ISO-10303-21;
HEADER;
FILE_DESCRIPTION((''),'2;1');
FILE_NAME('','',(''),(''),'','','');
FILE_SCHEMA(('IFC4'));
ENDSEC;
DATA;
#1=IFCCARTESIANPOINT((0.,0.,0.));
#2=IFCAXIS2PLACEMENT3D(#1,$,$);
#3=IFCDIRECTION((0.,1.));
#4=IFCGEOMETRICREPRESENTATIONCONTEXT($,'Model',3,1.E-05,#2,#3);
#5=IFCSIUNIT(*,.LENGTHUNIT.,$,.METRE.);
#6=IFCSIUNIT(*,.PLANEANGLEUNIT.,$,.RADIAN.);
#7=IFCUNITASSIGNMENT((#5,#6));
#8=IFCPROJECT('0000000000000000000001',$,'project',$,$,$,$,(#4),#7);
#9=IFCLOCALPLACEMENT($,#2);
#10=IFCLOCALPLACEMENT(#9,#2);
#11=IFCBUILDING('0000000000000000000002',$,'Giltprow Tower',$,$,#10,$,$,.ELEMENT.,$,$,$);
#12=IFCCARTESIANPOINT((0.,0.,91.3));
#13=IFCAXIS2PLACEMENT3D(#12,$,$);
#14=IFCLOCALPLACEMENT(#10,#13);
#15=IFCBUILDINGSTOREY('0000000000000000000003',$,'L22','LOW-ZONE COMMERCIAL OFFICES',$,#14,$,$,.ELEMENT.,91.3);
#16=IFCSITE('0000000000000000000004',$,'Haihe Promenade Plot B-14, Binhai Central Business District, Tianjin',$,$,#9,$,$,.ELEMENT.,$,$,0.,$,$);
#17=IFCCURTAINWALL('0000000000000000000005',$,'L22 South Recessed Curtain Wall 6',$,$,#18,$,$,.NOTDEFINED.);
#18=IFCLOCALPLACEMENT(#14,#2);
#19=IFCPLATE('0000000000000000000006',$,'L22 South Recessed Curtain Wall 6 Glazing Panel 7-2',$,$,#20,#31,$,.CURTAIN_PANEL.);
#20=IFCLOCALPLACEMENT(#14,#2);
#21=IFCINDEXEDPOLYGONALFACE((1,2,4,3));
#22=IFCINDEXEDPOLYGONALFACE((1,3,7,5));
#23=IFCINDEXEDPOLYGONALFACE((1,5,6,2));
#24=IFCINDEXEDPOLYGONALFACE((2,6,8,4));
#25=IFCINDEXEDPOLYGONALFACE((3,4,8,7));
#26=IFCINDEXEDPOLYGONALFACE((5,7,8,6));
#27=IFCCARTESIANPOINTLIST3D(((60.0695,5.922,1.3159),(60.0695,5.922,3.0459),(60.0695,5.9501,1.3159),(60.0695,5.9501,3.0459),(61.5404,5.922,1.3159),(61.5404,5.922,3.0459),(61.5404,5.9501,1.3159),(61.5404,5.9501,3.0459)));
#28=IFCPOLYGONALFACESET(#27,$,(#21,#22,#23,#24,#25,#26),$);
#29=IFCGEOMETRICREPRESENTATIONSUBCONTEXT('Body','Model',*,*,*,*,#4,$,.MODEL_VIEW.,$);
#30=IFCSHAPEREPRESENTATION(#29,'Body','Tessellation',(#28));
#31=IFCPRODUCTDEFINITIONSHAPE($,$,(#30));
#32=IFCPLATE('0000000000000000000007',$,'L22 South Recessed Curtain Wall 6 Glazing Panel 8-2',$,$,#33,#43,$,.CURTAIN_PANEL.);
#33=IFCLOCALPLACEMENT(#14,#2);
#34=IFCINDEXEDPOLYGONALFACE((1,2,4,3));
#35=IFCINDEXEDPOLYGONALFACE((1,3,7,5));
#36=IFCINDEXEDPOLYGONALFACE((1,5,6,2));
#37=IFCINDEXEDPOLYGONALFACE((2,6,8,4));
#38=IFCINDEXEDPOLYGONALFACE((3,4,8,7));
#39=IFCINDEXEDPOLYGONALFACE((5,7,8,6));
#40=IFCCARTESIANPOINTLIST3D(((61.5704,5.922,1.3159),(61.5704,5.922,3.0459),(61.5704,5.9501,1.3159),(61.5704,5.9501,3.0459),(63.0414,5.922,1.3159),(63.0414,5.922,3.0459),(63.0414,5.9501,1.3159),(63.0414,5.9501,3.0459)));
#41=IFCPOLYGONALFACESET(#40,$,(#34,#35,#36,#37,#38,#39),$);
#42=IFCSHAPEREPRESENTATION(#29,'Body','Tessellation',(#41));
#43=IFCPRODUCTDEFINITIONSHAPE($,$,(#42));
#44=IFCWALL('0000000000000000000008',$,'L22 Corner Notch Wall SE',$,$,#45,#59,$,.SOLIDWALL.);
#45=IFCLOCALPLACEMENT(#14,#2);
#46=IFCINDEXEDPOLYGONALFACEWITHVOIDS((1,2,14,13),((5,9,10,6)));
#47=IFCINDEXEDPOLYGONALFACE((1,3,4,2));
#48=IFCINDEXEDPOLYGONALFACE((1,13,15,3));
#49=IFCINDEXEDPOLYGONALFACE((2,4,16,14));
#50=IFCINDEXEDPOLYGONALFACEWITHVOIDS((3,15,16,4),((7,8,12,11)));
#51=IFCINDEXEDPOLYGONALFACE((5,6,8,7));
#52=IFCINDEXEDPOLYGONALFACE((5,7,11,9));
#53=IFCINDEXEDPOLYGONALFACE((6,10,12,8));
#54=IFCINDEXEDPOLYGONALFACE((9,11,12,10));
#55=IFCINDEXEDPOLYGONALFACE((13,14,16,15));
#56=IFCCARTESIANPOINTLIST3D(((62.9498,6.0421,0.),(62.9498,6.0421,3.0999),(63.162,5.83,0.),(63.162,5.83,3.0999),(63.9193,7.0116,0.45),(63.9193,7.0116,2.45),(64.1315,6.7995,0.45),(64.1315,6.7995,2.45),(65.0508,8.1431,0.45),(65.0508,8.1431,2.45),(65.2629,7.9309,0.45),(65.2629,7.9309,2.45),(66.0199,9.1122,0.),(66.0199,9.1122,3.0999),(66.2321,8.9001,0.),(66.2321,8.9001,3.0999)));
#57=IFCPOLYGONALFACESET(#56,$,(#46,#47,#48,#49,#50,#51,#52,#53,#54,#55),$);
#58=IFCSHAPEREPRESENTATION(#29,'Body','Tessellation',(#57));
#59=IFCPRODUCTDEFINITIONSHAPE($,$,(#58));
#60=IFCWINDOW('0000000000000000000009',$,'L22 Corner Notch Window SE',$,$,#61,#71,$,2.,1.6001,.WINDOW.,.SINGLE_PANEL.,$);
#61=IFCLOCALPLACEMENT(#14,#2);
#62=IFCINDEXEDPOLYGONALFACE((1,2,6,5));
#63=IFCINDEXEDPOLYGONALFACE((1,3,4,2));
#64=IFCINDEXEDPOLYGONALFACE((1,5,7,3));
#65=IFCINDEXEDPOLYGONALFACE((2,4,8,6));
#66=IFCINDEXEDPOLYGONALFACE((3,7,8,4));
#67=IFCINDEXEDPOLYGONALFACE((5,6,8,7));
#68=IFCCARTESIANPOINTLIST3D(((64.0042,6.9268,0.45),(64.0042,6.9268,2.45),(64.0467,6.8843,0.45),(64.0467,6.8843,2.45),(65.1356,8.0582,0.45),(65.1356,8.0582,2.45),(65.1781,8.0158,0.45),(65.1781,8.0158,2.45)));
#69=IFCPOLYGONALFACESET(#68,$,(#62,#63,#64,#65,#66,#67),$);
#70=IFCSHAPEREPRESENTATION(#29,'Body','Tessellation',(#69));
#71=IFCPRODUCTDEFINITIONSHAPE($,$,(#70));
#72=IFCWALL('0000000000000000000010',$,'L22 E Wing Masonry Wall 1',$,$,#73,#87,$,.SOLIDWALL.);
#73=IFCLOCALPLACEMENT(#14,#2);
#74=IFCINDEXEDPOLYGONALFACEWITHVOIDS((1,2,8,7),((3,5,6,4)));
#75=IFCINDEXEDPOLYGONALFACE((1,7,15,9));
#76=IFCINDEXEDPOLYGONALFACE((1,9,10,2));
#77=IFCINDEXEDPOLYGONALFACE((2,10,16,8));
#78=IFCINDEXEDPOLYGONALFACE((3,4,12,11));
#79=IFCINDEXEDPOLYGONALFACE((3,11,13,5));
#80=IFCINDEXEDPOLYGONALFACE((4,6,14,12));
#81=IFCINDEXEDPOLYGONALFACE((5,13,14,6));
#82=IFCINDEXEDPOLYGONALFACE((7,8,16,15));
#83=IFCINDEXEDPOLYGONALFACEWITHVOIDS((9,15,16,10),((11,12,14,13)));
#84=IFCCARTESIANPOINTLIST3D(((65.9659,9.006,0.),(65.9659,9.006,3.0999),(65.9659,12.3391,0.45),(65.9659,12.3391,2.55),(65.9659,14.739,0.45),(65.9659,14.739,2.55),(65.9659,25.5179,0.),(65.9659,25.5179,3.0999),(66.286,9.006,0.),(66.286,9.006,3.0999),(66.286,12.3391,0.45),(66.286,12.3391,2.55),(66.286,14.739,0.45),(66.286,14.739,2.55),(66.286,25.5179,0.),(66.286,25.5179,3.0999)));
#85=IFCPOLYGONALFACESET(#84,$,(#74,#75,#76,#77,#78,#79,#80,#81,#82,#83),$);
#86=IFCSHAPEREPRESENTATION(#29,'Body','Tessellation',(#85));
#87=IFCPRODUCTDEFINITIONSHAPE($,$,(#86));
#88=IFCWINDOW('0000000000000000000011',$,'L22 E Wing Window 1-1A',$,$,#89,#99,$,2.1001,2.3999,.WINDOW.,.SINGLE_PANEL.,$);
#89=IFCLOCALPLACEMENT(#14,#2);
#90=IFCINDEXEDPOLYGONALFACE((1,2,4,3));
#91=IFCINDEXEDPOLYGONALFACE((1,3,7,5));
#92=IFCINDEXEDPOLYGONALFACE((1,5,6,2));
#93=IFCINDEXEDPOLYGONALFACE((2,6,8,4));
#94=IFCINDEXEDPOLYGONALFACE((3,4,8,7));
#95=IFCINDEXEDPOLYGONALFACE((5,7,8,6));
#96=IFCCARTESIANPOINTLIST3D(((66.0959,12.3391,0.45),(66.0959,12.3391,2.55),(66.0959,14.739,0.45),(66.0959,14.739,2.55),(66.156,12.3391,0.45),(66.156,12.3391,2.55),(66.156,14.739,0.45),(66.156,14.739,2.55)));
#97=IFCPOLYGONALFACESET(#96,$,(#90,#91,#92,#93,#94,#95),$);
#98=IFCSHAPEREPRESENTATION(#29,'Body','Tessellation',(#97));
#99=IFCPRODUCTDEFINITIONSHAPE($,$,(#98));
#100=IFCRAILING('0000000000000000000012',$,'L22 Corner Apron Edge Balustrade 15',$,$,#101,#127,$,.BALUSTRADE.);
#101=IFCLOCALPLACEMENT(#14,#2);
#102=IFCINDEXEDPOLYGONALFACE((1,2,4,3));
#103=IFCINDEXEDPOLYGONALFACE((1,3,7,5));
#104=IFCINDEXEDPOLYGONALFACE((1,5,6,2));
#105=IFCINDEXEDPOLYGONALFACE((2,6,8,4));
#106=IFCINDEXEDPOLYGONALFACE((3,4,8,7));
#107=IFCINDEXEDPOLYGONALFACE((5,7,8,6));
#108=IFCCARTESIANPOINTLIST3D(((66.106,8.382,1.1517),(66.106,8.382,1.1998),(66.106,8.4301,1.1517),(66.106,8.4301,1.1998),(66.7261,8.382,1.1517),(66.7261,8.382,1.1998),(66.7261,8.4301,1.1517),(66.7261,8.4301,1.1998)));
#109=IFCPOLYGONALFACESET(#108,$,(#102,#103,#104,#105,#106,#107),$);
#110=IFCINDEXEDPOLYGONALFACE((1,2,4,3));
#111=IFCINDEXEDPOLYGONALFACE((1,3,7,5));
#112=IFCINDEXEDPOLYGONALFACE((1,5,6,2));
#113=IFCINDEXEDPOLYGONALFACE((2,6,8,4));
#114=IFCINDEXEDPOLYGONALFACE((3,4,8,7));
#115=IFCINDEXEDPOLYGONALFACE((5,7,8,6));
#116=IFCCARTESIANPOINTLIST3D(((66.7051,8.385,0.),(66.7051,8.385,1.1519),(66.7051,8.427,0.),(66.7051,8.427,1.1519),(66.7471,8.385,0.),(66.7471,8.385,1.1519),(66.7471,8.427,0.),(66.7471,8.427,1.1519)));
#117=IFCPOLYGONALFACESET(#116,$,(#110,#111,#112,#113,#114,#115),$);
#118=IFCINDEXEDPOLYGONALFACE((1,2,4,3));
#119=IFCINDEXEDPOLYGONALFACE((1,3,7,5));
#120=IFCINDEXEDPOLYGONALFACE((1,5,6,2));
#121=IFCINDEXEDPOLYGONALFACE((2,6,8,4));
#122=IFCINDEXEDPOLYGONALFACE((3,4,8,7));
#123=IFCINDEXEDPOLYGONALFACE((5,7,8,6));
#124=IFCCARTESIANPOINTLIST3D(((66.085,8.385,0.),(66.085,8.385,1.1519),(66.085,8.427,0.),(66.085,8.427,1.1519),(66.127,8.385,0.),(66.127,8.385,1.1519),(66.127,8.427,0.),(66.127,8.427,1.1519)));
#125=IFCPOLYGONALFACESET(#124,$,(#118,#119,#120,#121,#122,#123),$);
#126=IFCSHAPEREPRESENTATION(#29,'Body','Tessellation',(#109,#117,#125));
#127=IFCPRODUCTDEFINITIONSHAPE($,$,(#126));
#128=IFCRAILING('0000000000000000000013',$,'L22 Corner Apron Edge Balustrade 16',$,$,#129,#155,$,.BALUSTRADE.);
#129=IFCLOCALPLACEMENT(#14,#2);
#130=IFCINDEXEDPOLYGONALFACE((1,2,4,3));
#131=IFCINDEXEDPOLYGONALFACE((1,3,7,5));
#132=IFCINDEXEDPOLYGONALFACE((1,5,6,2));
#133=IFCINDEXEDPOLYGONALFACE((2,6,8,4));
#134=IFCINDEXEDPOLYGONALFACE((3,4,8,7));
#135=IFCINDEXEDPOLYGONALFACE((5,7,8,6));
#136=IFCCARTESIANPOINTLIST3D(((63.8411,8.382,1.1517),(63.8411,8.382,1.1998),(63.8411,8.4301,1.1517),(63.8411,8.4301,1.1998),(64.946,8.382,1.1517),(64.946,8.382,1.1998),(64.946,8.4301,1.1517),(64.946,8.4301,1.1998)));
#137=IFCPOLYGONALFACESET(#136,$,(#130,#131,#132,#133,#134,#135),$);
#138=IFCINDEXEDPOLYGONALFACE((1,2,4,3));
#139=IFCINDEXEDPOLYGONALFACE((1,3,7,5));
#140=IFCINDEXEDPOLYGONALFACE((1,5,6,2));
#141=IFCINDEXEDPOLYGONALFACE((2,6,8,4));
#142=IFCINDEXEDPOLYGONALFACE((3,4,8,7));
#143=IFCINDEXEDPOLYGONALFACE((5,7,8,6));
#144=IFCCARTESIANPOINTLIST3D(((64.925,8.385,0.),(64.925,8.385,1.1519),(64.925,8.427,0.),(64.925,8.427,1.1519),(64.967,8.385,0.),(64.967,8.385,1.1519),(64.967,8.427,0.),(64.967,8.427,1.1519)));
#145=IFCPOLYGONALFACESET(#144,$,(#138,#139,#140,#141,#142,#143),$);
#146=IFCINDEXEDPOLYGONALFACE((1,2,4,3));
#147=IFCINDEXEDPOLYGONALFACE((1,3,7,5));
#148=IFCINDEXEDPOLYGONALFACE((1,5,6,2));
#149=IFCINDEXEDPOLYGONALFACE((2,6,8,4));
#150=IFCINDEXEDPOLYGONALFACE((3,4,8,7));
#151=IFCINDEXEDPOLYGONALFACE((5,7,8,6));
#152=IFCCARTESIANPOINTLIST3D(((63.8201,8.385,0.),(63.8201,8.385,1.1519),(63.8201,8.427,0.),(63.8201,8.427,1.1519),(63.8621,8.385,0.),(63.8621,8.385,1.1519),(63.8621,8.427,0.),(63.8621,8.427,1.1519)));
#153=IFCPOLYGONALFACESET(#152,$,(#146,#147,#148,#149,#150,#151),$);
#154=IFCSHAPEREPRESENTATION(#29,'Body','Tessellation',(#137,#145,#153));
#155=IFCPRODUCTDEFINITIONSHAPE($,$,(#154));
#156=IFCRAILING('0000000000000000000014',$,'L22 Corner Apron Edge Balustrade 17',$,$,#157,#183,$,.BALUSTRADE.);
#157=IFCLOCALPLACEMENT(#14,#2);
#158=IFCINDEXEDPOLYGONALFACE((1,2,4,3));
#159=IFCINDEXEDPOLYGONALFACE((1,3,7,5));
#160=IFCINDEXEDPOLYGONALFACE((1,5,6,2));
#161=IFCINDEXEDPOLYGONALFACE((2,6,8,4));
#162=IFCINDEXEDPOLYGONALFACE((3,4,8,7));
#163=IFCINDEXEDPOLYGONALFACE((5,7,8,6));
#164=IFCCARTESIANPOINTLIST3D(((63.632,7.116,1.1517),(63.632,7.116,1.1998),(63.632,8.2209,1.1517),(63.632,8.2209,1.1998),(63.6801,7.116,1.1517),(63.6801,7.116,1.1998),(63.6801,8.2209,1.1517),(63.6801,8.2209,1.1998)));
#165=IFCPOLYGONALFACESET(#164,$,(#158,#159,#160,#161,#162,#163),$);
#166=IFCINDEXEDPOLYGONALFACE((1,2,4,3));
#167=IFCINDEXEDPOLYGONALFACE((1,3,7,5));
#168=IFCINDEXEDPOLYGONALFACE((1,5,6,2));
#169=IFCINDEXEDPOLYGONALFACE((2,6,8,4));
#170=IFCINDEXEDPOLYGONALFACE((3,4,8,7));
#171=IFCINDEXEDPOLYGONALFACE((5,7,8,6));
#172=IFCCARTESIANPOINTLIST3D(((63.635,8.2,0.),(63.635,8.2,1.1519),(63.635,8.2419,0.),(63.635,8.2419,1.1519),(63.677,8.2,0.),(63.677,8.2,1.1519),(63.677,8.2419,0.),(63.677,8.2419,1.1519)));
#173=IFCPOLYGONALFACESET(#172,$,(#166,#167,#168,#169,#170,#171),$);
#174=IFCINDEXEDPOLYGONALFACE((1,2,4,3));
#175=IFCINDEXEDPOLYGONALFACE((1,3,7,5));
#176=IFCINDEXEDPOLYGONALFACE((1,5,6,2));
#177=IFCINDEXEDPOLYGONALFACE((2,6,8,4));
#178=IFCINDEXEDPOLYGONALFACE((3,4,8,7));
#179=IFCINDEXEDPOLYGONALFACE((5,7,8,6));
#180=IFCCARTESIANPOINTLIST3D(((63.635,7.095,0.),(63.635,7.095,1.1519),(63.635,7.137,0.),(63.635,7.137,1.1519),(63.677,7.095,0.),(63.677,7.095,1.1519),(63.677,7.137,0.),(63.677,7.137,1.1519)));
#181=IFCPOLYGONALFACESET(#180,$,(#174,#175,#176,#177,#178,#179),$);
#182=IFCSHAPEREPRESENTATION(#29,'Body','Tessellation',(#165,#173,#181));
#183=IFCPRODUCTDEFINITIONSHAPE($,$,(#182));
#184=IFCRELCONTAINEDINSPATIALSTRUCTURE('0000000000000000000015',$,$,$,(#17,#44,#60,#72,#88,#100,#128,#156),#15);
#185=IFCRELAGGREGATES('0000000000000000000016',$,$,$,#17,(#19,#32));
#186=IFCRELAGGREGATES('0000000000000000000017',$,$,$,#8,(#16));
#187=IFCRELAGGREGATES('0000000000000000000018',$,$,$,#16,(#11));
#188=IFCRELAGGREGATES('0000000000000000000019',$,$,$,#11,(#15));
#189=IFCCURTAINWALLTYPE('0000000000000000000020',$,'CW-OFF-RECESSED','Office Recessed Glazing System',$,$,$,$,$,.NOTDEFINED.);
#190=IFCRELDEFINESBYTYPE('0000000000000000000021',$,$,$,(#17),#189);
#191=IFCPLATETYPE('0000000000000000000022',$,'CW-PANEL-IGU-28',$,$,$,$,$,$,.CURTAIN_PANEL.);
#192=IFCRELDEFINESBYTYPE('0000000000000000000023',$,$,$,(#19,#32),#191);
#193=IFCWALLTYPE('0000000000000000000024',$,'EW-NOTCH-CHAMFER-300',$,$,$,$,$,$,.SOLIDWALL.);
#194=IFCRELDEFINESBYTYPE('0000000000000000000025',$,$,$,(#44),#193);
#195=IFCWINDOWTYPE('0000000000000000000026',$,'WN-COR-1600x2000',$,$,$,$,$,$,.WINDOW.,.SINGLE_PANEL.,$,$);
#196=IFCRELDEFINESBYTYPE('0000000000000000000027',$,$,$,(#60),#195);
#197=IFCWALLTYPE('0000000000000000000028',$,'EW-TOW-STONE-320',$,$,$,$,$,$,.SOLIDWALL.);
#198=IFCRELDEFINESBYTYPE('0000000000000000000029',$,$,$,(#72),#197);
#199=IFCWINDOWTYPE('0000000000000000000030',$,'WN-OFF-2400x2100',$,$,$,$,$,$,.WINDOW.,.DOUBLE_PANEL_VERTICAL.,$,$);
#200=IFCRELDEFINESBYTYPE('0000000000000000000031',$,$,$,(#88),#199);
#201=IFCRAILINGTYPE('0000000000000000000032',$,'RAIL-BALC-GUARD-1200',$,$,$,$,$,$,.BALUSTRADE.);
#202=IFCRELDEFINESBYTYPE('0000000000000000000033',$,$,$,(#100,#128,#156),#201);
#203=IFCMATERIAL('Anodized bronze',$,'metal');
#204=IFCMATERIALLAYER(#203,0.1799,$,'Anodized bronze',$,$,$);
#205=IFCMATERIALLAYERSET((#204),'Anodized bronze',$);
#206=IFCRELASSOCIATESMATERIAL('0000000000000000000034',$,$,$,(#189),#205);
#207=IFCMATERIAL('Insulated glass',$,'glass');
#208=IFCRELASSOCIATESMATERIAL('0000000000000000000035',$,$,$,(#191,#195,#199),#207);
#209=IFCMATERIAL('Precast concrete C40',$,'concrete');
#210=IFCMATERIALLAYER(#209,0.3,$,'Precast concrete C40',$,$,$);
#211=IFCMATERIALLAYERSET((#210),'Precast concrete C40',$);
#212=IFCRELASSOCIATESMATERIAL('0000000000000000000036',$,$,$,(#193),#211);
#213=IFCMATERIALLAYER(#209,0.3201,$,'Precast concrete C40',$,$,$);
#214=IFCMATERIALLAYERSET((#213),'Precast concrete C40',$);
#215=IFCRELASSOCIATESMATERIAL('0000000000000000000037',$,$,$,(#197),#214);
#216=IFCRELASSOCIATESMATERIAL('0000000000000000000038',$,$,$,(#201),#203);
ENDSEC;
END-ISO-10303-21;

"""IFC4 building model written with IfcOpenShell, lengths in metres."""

from ifc_helpers import new_model, si_unit, direction, frame, frame_2d, origin, origin_2d, place, context, subcontext, project, spatial, rectangle, extrude, source, transform, mapped, material, layer, layer_set, type_object, element, fill, aggregate, save


model = new_model("IFC4")

# Units and contexts
model_context = context("Model", 3, precision=1e-05, world=origin(), true_north=direction((0.0, 1.0)))
body_context = subcontext(model_context, "Body", "Model", "MODEL_VIEW")
ifc_project = project(units=[si_unit("LENGTHUNIT", "METRE"), si_unit("PLANEANGLEUNIT", "RADIAN")], contexts=[model_context])

# Site, building, storey
site_placement = place(None, origin())
site = spatial("IfcSite", under=ifc_project, at=site_placement, Name="Haihe Promenade Plot B-14, Binhai Central Business District, Tianjin", CompositionType="ELEMENT", RefElevation=0.0)
building_placement = place(site_placement, origin())
building = spatial("IfcBuilding", under=site, at=building_placement, Name="Giltprow Tower", CompositionType="ELEMENT")
storey_placement = place(building_placement, frame((0.0, 0.0, 91.3)))
storey = spatial("IfcBuildingStorey", under=building, at=storey_placement, Name="L22", Description="LOW-ZONE COMMERCIAL OFFICES", CompositionType="ELEMENT", Elevation=91.3)

# Curtain wall, plates
ifc_material_1 = material(Name="Anodized bronze", Category="metal")
ifc_layer_1 = layer(ifc_material_1, 0.1799, Name="Anodized bronze")
ifc_layer_set_1 = layer_set([ifc_layer_1], Name="Anodized bronze")
curtain_wall_type = type_object("IfcCurtainWallType", Name="CW-OFF-RECESSED", Description="Office Recessed Glazing System", PredefinedType="NOTDEFINED", material=ifc_layer_set_1)
curtain_wall_placement = place(storey_placement, origin())
curtain_wall = element("IfcCurtainWall", 1, at=curtain_wall_placement, inside=storey, type_object=curtain_wall_type, Name="L22 South Recessed Curtain Wall 6", PredefinedType="NOTDEFINED")
ifc_material_2 = material(Name="Insulated glass", Category="glass")
plate_type = type_object("IfcPlateType", Name="CW-PANEL-IGU-28", PredefinedType="CURTAIN_PANEL", material=ifc_material_2)
shared_shape_1 = source(origin(), body_context, "Body", "SweptSolid", [
    extrude(rectangle(XDim=1.4709, YDim=0.0281, at=origin_2d()), origin(), (0.0, 0.0, 1.0), 1.73),
])
plate_1_placement = place(storey_placement, frame((60.8049, 5.936, 1.3159), z_axis=(0.0, 0.0, 1.0), x_axis=(1.0, 0.0, 0.0)))
plate_1 = element("IfcPlate", 2, at=plate_1_placement, type_object=plate_type, Name="L22 South Recessed Curtain Wall 6 Glazing Panel 7-2", PredefinedType="CURTAIN_PANEL", context=body_context, shape_type="MappedRepresentation", body=[
    mapped(shared_shape_1, transform((0.0, 0.0, 0.0), x_axis=(1.0, 0.0, 0.0), y_axis=(0.0, 1.0, 0.0), z_axis=(0.0, 0.0, 1.0), scale=1.0)),
])
plate_2_placement = place(storey_placement, frame((62.3059, 5.936, 1.3159), z_axis=(0.0, 0.0, 1.0), x_axis=(1.0, 0.0, 0.0)))
plate_2 = element("IfcPlate", 3, at=plate_2_placement, type_object=plate_type, Name="L22 South Recessed Curtain Wall 6 Glazing Panel 8-2", PredefinedType="CURTAIN_PANEL", context=body_context, shape_type="MappedRepresentation", body=[
    mapped(shared_shape_1, transform((0.0, 0.0, 0.0), x_axis=(1.0, 0.0, 0.0), y_axis=(0.0, 1.0, 0.0), z_axis=(0.0, 0.0, 1.0), scale=1.0)),
])
aggregate(curtain_wall, [plate_1, plate_2])

# Walls, openings, windows
ifc_material_3 = material(Name="Precast concrete C40", Category="concrete")
ifc_layer_2 = layer(ifc_material_3, 0.3, Name="Precast concrete C40")
ifc_layer_set_2 = layer_set([ifc_layer_2], Name="Precast concrete C40")
wall_type_1 = type_object("IfcWallType", Name="EW-NOTCH-CHAMFER-300", PredefinedType="SOLIDWALL", material=ifc_layer_set_2)
wall_1_placement = place(storey_placement, frame((63.0559, 5.936, 0.0), z_axis=(0.0, 0.0, 1.0), x_axis=(0.707107, 0.707107, 0.0)))
wall_1 = element("IfcWall", 4, at=wall_1_placement, inside=storey, type_object=wall_type_1, Name="L22 Corner Notch Wall SE", PredefinedType="SOLIDWALL", context=body_context, shape_type="SweptSolid", body=[
    extrude(rectangle(XDim=4.3418, YDim=0.3, at=frame_2d((2.1709, 0.0))), origin(), (0.0, 0.0, 1.0), 3.0999),
])
opening_1_placement = place(wall_1_placement, frame((1.3711, 0.0, 0.45)))
opening_1 = element("IfcOpeningElement", 5, at=opening_1_placement, cuts=wall_1, PredefinedType="OPENING", context=body_context, shape_type="SweptSolid", body=[
    extrude(rectangle(XDim=1.6001, YDim=2.0, at=frame_2d((0.8, 1.0))), frame((0.0, 0.1599, 0.0), z_axis=(0.0, -1.0, 0.0), x_axis=(1.0, 0.0, 0.0)), (0.0, 0.0, 1.0), 0.3201),
])
window_type_1 = type_object("IfcWindowType", Name="WN-COR-1600x2000", PartitioningType="SINGLE_PANEL", PredefinedType="WINDOW", material=ifc_material_2)
shared_shape_2 = source(origin(), body_context, "Body", "SweptSolid", [
    extrude(rectangle(XDim=1.6001, YDim=2.0, at=frame_2d((0.8, 1.0))), frame((0.0, 0.03, 0.0), z_axis=(0.0, -1.0, 0.0), x_axis=(1.0, 0.0, 0.0)), (0.0, 0.0, 1.0), 0.0601),
])
window_1_placement = place(opening_1_placement, origin())
window_1 = element("IfcWindow", 6, at=window_1_placement, inside=storey, type_object=window_type_1, Name="L22 Corner Notch Window SE", OverallHeight=2.0, OverallWidth=1.6001, PartitioningType="SINGLE_PANEL", PredefinedType="WINDOW", context=body_context, shape_type="MappedRepresentation", body=[
    mapped(shared_shape_2, transform((0.0, 0.0, 0.0), x_axis=(1.0, 0.0, 0.0), y_axis=(0.0, 1.0, 0.0), z_axis=(0.0, 0.0, 1.0), scale=1.0)),
])
fill(opening_1, window_1)
ifc_layer_3 = layer(ifc_material_3, 0.3201, Name="Precast concrete C40")
ifc_layer_set_3 = layer_set([ifc_layer_3], Name="Precast concrete C40")
wall_type_2 = type_object("IfcWallType", Name="EW-TOW-STONE-320", PredefinedType="SOLIDWALL", material=ifc_layer_set_3)
wall_2_placement = place(storey_placement, frame((66.126, 9.0061, 0.0), z_axis=(0.0, 0.0, 1.0), x_axis=(0.0, 1.0, 0.0)))
wall_2 = element("IfcWall", 7, at=wall_2_placement, inside=storey, type_object=wall_type_2, Name="L22 E Wing Masonry Wall 1", PredefinedType="SOLIDWALL", context=body_context, shape_type="SweptSolid", body=[
    extrude(rectangle(XDim=16.512, YDim=0.3201, at=frame_2d((8.2559, 0.0))), origin(), (0.0, 0.0, 1.0), 3.0999),
])
opening_2_placement = place(wall_2_placement, frame((3.333, 0.0, 0.45)))
opening_2 = element("IfcOpeningElement", 8, at=opening_2_placement, cuts=wall_2, PredefinedType="OPENING", context=body_context, shape_type="SweptSolid", body=[
    extrude(rectangle(XDim=2.3999, YDim=2.1001, at=frame_2d((1.2, 1.05))), frame((0.0, 0.1699, 0.0), z_axis=(0.0, -1.0, 0.0), x_axis=(1.0, 0.0, 0.0)), (0.0, 0.0, 1.0), 0.3401),
])
window_type_2 = type_object("IfcWindowType", Name="WN-OFF-2400x2100", PartitioningType="DOUBLE_PANEL_VERTICAL", PredefinedType="WINDOW", material=ifc_material_2)
shared_shape_3 = source(origin(), body_context, "Body", "SweptSolid", [
    extrude(rectangle(XDim=2.3999, YDim=2.1001, at=frame_2d((1.2, 1.05))), frame((0.0, 0.03, 0.0), z_axis=(0.0, -1.0, 0.0), x_axis=(1.0, 0.0, 0.0)), (0.0, 0.0, 1.0), 0.0601),
])
window_2_placement = place(opening_2_placement, origin())
window_2 = element("IfcWindow", 9, at=window_2_placement, inside=storey, type_object=window_type_2, Name="L22 E Wing Window 1-1A", OverallHeight=2.1001, OverallWidth=2.3999, PartitioningType="SINGLE_PANEL", PredefinedType="WINDOW", context=body_context, shape_type="MappedRepresentation", body=[
    mapped(shared_shape_3, transform((0.0, 0.0, 0.0), x_axis=(1.0, 0.0, 0.0), y_axis=(0.0, 1.0, 0.0), z_axis=(0.0, 0.0, 1.0), scale=1.0)),
])
fill(opening_2, window_2)

# Railings
railing_type = type_object("IfcRailingType", Name="RAIL-BALC-GUARD-1200", PredefinedType="BALUSTRADE", material=ifc_material_1)
railing_1_placement = place(storey_placement, frame((66.7261, 8.406, 0.0)))
element("IfcRailing", 10, at=railing_1_placement, inside=storey, type_object=railing_type, Name="L22 Corner Apron Edge Balustrade 15", PredefinedType="BALUSTRADE", context=body_context, shape_type="SweptSolid", body=[
    extrude(rectangle(XDim=0.0481, YDim=0.0481, at=origin_2d()), frame((0.0, 0.0, 1.1758), z_axis=(-1.0, 0.0, 0.0), x_axis=(0.0, -1.0, 0.0)), (0.0, 0.0, 1.0), 0.6201),
    extrude(rectangle(XDim=0.042, YDim=0.042, at=origin_2d()), origin(), (0.0, 0.0, 1.0), 1.1519),
    extrude(rectangle(XDim=0.042, YDim=0.042, at=origin_2d()), frame((-0.6201, 0.0, 0.0)), (0.0, 0.0, 1.0), 1.1519),
])
railing_2_placement = place(storey_placement, frame((64.946, 8.406, 0.0)))
element("IfcRailing", 11, at=railing_2_placement, inside=storey, type_object=railing_type, Name="L22 Corner Apron Edge Balustrade 16", PredefinedType="BALUSTRADE", context=body_context, shape_type="SweptSolid", body=[
    extrude(rectangle(XDim=0.0481, YDim=0.0481, at=origin_2d()), frame((0.0, 0.0, 1.1758), z_axis=(-1.0, 0.0, 0.0), x_axis=(0.0, -1.0, 0.0)), (0.0, 0.0, 1.0), 1.105),
    extrude(rectangle(XDim=0.042, YDim=0.042, at=origin_2d()), origin(), (0.0, 0.0, 1.0), 1.1519),
    extrude(rectangle(XDim=0.042, YDim=0.042, at=origin_2d()), frame((-1.105, 0.0, 0.0)), (0.0, 0.0, 1.0), 1.1519),
])
railing_3_placement = place(storey_placement, frame((63.656, 8.2209, 0.0)))
element("IfcRailing", 12, at=railing_3_placement, inside=storey, type_object=railing_type, Name="L22 Corner Apron Edge Balustrade 17", PredefinedType="BALUSTRADE", context=body_context, shape_type="SweptSolid", body=[
    extrude(rectangle(XDim=0.0481, YDim=0.0481, at=origin_2d()), frame((0.0, 0.0, 1.1758), z_axis=(0.0, -1.0, 0.0), x_axis=(1.0, 0.0, 0.0)), (0.0, 0.0, 1.0), 1.105),
    extrude(rectangle(XDim=0.042, YDim=0.042, at=origin_2d()), origin(), (0.0, 0.0, 1.0), 1.1519),
    extrude(rectangle(XDim=0.042, YDim=0.042, at=origin_2d()), frame((0.0, -1.105, 0.0)), (0.0, 0.0, 1.0), 1.1519),
])

save(model, "model.ifc")
